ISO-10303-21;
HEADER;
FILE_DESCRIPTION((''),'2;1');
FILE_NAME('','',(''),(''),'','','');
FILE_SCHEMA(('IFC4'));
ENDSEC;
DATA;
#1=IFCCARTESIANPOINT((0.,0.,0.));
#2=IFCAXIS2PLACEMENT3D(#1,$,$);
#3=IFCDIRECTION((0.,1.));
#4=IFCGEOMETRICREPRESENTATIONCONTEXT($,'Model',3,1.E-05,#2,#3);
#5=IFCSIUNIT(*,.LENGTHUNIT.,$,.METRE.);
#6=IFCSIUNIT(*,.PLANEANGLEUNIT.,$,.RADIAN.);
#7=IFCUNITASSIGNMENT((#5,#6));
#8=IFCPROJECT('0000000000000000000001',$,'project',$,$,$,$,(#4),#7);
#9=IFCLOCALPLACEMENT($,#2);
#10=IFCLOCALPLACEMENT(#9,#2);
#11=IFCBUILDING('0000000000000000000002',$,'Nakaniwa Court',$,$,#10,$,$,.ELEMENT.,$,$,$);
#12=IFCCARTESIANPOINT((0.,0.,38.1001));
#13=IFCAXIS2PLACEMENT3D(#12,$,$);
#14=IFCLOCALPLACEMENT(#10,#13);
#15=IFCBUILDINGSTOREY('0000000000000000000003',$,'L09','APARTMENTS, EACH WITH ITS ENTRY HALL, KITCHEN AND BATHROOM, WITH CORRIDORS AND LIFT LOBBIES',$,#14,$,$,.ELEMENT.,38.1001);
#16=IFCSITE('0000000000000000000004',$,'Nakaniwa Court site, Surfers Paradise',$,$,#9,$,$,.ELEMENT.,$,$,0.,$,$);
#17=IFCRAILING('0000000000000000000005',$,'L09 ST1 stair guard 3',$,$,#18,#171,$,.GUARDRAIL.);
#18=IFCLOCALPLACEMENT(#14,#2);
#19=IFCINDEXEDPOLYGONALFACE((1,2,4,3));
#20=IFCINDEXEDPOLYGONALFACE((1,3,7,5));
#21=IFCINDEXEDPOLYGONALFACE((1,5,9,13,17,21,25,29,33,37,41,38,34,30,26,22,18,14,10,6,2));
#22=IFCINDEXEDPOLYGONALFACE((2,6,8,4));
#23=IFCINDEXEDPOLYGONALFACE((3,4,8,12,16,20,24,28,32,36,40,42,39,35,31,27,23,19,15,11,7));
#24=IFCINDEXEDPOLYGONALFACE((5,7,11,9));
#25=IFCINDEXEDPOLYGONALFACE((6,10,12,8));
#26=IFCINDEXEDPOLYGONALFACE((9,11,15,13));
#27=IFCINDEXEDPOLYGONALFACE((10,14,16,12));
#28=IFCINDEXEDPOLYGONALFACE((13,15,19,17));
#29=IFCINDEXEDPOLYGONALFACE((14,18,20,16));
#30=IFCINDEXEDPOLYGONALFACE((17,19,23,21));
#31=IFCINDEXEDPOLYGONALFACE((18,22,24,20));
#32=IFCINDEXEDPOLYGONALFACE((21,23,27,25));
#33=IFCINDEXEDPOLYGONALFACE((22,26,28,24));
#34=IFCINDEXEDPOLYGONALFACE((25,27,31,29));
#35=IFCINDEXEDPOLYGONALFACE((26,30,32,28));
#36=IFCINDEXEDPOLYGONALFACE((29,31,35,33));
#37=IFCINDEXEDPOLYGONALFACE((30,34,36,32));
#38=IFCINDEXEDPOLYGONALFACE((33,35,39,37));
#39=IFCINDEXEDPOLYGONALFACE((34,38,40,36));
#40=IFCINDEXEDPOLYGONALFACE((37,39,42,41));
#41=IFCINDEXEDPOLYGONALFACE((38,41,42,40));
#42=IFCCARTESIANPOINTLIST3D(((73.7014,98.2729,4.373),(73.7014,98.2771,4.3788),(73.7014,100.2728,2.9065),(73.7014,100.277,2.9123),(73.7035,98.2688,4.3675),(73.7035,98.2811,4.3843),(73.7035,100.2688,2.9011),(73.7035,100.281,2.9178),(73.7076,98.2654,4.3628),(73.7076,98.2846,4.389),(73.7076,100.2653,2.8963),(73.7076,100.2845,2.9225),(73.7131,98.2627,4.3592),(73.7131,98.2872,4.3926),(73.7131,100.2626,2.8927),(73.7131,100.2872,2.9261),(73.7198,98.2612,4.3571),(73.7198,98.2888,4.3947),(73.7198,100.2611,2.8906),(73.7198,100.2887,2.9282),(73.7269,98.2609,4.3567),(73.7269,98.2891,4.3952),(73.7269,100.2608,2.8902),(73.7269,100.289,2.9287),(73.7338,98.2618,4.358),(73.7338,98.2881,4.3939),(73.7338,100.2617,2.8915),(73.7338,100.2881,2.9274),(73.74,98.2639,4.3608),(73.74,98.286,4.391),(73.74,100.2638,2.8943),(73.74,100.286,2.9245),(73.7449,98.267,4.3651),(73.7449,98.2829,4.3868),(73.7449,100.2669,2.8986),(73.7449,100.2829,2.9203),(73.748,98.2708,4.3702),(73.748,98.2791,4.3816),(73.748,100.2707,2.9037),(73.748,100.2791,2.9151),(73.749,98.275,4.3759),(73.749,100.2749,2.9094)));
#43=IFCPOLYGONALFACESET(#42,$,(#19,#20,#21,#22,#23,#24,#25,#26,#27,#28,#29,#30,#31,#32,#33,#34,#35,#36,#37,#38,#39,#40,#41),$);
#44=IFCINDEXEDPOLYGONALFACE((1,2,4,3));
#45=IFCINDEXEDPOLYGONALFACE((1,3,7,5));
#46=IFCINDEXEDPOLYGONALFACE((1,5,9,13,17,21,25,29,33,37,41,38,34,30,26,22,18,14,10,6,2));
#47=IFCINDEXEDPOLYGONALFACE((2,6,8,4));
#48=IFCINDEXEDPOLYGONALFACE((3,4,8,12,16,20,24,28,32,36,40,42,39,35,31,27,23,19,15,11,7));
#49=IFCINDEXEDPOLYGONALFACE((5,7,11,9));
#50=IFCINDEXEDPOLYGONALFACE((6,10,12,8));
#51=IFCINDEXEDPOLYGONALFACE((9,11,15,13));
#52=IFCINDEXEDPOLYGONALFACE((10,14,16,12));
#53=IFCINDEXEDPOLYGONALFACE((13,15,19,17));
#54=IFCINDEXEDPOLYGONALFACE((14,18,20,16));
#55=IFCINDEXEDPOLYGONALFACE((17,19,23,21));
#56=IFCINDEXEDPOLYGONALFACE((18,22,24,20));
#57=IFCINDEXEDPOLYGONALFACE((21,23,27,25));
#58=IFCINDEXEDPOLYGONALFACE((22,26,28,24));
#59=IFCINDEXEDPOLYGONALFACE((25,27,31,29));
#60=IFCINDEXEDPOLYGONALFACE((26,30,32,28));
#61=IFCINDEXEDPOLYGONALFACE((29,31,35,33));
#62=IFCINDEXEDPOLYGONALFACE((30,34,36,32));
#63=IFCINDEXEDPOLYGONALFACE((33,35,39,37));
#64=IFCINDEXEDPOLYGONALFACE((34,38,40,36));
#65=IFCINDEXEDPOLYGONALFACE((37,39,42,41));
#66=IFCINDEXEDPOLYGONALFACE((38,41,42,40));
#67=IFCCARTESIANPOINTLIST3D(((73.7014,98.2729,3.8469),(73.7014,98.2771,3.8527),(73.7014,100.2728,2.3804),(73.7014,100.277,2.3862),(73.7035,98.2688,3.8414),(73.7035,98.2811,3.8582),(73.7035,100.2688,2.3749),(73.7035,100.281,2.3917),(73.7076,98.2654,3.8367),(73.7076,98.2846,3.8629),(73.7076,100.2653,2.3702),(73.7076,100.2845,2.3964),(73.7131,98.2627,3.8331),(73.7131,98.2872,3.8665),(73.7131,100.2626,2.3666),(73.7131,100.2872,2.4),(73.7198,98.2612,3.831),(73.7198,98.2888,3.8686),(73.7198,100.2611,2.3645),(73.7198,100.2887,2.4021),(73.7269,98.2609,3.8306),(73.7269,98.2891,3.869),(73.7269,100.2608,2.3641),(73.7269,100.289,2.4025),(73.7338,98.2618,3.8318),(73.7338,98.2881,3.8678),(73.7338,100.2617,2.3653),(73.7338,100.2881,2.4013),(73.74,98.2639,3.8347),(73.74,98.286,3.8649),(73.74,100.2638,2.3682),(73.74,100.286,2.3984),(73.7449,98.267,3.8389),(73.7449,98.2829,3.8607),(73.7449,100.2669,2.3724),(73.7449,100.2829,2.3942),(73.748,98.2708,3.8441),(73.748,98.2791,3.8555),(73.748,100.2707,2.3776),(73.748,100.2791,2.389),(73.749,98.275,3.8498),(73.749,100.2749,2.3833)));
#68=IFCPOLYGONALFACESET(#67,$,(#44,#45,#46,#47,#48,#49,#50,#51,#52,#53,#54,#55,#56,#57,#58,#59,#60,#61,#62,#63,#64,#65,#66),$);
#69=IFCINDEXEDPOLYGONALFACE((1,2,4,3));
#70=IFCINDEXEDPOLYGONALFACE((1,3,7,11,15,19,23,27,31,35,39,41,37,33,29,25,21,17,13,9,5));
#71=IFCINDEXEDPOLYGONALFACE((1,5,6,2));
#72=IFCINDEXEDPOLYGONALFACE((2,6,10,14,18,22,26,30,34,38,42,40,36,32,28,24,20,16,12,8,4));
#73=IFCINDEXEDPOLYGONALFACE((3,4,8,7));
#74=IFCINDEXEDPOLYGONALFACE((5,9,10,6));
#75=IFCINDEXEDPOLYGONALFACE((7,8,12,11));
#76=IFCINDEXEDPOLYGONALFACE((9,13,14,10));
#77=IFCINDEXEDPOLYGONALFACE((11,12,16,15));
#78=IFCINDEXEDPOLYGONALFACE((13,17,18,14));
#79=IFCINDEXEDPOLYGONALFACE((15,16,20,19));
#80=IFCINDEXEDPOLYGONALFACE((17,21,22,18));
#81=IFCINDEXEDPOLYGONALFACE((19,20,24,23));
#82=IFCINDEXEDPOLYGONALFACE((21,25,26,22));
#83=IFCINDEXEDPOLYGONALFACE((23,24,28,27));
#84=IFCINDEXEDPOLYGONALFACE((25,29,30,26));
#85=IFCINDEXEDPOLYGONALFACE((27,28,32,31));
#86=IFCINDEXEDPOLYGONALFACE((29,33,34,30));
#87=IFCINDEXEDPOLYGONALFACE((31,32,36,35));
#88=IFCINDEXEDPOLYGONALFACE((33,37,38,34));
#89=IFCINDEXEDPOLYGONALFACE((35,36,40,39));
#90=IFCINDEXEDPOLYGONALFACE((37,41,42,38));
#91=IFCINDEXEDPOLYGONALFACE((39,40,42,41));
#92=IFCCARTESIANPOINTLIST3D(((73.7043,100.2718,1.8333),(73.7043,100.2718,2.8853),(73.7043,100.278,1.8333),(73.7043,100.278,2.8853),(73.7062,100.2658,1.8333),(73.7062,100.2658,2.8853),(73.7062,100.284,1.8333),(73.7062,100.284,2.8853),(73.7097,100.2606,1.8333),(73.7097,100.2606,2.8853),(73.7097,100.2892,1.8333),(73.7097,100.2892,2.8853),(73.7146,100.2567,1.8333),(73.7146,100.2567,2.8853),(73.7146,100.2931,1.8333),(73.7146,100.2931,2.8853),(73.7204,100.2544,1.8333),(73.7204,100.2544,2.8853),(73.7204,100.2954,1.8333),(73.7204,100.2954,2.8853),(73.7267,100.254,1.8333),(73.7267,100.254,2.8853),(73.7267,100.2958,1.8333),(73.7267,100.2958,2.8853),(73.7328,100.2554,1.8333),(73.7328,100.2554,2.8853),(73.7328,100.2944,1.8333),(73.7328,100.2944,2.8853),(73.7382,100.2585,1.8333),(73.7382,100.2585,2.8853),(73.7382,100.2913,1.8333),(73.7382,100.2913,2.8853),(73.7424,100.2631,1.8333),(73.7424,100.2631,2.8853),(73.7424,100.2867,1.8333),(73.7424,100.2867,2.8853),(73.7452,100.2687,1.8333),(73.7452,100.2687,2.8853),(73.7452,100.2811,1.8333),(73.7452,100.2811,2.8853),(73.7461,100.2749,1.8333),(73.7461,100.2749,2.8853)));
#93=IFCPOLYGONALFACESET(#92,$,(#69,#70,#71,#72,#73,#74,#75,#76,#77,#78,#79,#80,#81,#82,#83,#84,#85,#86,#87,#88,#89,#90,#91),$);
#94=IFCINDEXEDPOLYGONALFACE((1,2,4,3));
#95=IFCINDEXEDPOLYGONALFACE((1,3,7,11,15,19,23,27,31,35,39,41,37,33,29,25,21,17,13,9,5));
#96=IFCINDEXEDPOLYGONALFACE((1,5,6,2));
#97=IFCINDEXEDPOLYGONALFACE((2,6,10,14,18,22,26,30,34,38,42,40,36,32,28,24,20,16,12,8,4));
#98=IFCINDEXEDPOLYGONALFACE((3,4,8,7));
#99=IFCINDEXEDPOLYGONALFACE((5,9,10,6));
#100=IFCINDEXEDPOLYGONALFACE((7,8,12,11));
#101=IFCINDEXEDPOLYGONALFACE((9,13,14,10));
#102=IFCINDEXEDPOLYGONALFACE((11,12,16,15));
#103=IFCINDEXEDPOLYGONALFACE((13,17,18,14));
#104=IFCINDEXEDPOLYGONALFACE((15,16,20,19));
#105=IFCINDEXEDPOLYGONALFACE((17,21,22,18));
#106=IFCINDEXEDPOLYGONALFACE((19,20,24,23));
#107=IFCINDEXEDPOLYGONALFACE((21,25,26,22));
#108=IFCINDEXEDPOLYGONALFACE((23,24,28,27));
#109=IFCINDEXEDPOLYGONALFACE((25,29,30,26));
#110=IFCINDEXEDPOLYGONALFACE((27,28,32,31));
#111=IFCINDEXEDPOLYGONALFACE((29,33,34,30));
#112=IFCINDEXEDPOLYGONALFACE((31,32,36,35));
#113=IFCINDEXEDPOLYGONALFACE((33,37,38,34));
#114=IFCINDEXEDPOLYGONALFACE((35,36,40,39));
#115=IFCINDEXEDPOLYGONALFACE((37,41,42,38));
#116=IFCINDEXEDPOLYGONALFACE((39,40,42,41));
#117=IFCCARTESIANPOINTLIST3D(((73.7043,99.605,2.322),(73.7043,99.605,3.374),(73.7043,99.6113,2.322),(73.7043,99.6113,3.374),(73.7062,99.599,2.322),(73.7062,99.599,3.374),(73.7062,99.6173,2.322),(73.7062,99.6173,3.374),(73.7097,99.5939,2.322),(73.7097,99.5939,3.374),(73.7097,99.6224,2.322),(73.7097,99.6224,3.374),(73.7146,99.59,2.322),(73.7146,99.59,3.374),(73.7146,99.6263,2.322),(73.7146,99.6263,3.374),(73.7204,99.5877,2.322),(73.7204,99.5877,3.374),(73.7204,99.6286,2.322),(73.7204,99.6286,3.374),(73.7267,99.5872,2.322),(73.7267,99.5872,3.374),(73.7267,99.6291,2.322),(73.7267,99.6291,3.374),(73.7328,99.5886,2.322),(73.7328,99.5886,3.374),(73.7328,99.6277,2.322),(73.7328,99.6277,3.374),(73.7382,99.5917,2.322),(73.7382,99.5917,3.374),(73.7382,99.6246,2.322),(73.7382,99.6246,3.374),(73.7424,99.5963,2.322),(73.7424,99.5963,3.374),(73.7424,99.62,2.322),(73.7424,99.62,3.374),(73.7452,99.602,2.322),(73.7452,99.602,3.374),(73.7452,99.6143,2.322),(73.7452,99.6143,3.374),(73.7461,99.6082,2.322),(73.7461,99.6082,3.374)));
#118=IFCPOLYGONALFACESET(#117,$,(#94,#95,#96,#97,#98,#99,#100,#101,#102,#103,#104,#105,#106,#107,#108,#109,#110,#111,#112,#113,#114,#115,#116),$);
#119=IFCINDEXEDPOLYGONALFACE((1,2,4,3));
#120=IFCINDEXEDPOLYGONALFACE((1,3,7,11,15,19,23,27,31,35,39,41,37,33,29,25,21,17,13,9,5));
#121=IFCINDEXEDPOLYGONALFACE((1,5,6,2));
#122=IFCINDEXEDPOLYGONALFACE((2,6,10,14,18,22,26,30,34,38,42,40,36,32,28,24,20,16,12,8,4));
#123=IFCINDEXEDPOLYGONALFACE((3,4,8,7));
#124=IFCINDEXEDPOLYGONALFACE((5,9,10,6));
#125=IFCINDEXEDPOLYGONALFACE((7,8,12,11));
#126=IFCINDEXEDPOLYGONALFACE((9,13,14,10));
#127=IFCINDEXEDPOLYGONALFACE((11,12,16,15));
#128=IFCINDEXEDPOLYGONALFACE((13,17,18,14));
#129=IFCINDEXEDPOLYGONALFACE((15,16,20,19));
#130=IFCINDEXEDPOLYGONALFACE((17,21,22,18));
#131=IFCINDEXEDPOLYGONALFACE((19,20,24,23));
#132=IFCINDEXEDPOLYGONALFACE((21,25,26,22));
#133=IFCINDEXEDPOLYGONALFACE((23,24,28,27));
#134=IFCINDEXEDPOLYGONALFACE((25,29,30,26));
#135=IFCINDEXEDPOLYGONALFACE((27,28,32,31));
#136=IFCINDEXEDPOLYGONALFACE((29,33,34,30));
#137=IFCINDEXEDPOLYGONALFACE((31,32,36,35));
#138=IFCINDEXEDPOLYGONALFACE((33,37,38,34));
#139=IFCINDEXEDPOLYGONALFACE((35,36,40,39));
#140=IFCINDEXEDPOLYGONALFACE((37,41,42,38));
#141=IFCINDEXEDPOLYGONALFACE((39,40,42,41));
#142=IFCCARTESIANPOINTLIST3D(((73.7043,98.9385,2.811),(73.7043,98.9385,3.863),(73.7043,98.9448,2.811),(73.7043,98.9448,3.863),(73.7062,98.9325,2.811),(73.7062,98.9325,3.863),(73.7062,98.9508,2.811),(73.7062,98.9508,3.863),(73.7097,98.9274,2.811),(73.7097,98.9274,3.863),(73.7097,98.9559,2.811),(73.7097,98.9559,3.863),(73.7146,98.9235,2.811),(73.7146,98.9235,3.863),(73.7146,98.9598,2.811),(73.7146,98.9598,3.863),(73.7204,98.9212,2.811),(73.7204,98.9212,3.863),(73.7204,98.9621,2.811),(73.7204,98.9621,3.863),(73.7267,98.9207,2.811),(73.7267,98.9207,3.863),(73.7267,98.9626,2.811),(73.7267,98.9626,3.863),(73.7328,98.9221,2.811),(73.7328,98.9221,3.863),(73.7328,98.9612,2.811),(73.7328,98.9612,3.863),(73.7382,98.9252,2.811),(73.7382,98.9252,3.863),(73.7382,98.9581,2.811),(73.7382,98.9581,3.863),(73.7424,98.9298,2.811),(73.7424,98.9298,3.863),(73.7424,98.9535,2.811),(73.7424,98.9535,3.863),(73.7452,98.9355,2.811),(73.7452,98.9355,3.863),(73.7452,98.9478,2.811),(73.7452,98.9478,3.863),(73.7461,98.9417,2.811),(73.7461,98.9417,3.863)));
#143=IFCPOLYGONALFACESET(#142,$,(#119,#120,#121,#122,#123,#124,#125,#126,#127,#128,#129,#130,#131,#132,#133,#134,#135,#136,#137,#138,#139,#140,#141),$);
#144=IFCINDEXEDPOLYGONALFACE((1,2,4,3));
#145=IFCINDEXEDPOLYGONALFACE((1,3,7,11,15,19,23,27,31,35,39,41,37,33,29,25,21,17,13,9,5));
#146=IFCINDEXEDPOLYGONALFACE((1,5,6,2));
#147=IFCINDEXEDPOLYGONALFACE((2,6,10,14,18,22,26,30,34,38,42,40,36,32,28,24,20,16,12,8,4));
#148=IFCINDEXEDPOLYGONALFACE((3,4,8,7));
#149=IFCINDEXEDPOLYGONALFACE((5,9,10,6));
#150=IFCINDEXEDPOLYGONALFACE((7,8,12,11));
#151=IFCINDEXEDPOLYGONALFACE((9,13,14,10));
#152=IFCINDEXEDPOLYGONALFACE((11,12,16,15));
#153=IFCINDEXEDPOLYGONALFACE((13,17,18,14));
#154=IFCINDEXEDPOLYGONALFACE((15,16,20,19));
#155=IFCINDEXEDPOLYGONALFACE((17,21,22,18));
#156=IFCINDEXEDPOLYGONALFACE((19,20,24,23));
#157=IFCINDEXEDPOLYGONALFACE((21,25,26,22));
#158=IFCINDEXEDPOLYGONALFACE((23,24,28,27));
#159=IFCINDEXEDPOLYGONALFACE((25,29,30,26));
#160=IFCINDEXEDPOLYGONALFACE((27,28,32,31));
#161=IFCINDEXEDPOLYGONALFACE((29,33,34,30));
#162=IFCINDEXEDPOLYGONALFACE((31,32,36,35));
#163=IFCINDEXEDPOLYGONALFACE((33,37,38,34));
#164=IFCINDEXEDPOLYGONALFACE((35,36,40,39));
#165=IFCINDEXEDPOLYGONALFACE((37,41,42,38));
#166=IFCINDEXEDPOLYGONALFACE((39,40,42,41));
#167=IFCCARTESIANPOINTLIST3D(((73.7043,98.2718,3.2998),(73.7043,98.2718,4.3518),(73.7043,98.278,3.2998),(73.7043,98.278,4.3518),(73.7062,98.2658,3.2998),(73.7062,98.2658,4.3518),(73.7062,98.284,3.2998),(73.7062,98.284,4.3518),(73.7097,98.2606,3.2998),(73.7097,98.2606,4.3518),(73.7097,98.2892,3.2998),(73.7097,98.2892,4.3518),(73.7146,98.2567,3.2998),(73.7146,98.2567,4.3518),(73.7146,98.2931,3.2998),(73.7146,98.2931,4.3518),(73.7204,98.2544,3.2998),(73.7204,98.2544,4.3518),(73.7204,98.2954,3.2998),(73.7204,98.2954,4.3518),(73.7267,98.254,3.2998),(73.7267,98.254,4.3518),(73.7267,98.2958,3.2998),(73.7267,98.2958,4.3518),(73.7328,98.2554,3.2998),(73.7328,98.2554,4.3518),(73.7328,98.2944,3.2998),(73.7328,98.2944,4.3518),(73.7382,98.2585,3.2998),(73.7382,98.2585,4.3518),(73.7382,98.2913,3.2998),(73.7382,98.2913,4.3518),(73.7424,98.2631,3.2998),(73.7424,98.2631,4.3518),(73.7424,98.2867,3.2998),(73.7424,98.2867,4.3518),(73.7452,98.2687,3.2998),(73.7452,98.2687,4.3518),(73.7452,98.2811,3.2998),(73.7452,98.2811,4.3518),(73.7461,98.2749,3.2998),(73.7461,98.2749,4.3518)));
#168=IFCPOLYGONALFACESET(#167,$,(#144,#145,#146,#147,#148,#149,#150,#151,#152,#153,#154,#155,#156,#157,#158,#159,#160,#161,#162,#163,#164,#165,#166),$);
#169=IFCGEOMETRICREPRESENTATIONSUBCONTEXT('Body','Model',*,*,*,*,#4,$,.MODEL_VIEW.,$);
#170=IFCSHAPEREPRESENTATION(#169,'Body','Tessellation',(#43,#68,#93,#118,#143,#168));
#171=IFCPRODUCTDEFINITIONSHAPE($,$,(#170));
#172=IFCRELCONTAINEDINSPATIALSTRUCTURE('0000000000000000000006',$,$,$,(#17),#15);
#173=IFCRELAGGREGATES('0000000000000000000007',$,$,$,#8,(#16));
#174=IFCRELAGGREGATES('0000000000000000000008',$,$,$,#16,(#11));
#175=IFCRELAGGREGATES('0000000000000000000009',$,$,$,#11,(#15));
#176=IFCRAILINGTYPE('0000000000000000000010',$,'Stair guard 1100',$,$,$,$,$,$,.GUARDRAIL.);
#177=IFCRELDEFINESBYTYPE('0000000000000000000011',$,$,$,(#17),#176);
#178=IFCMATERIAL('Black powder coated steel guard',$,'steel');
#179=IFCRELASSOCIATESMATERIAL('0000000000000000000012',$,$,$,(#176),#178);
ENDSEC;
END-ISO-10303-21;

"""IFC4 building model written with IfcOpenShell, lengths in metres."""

from ifc_helpers import new_model, si_unit, direction, frame, origin, origin_2d, place, context, subcontext, project, spatial, circle, extrude, material, type_object, element, save


model = new_model("IFC4")

# Units and contexts
model_context = context("Model", 3, precision=1e-05, world=origin(), true_north=direction((0.0, 1.0)))
body_context = subcontext(model_context, "Body", "Model", "MODEL_VIEW")
ifc_project = project(units=[si_unit("LENGTHUNIT", "METRE"), si_unit("PLANEANGLEUNIT", "RADIAN")], contexts=[model_context])

# Site, building, storey
site_placement = place(None, origin())
site = spatial("IfcSite", under=ifc_project, at=site_placement, Name="Nakaniwa Court site, Surfers Paradise", CompositionType="ELEMENT", RefElevation=0.0)
building_placement = place(site_placement, origin())
building = spatial("IfcBuilding", under=site, at=building_placement, Name="Nakaniwa Court", CompositionType="ELEMENT")
storey_placement = place(building_placement, frame((0.0, 0.0, 38.1001)))
storey = spatial("IfcBuildingStorey", under=building, at=storey_placement, Name="L09", Description="APARTMENTS, EACH WITH ITS ENTRY HALL, KITCHEN AND BATHROOM, WITH CORRIDORS AND LIFT LOBBIES", CompositionType="ELEMENT", Elevation=38.1001)

# Railing
ifc_material_1 = material(Name="Black powder coated steel guard", Category="steel")
railing_type_1 = type_object("IfcRailingType", Name="Stair guard 1100", PredefinedType="GUARDRAIL", material=ifc_material_1)
railing_1_placement = place(storey_placement, frame((73.7251, 100.2749, 1.8333)))
element("IfcRailing", 1, at=railing_1_placement, inside=storey, type_object=railing_type_1, Name="L09 ST1 stair guard 3", PredefinedType="GUARDRAIL", context=body_context, shape_type="SweptSolid", body=[
    extrude(circle(Radius=0.0239, at=origin_2d()), frame((0.0, 0.0, 1.0762), z_axis=(0.0, -0.806427, 0.591334), x_axis=(1.0, 0.0, 0.0)), (0.0, 0.0, 1.0), 2.48),
    extrude(circle(Radius=0.0239, at=origin_2d()), frame((0.0, 0.0, 0.55), z_axis=(0.0, -0.806427, 0.591334), x_axis=(1.0, 0.0, 0.0)), (0.0, 0.0, 1.0), 2.48),
    extrude(circle(Radius=0.021, at=origin_2d()), origin(), (0.0, 0.0, 1.0), 1.052),
    extrude(circle(Radius=0.021, at=origin_2d()), frame((0.0, -0.6667, 0.4888)), (0.0, 0.0, 1.0), 1.052),
    extrude(circle(Radius=0.021, at=origin_2d()), frame((0.0, -1.3333, 0.9778)), (0.0, 0.0, 1.0), 1.052),
    extrude(circle(Radius=0.021, at=origin_2d()), frame((0.0, -2.0, 1.4666)), (0.0, 0.0, 1.0), 1.052),
])

save(model, "model.ifc")
